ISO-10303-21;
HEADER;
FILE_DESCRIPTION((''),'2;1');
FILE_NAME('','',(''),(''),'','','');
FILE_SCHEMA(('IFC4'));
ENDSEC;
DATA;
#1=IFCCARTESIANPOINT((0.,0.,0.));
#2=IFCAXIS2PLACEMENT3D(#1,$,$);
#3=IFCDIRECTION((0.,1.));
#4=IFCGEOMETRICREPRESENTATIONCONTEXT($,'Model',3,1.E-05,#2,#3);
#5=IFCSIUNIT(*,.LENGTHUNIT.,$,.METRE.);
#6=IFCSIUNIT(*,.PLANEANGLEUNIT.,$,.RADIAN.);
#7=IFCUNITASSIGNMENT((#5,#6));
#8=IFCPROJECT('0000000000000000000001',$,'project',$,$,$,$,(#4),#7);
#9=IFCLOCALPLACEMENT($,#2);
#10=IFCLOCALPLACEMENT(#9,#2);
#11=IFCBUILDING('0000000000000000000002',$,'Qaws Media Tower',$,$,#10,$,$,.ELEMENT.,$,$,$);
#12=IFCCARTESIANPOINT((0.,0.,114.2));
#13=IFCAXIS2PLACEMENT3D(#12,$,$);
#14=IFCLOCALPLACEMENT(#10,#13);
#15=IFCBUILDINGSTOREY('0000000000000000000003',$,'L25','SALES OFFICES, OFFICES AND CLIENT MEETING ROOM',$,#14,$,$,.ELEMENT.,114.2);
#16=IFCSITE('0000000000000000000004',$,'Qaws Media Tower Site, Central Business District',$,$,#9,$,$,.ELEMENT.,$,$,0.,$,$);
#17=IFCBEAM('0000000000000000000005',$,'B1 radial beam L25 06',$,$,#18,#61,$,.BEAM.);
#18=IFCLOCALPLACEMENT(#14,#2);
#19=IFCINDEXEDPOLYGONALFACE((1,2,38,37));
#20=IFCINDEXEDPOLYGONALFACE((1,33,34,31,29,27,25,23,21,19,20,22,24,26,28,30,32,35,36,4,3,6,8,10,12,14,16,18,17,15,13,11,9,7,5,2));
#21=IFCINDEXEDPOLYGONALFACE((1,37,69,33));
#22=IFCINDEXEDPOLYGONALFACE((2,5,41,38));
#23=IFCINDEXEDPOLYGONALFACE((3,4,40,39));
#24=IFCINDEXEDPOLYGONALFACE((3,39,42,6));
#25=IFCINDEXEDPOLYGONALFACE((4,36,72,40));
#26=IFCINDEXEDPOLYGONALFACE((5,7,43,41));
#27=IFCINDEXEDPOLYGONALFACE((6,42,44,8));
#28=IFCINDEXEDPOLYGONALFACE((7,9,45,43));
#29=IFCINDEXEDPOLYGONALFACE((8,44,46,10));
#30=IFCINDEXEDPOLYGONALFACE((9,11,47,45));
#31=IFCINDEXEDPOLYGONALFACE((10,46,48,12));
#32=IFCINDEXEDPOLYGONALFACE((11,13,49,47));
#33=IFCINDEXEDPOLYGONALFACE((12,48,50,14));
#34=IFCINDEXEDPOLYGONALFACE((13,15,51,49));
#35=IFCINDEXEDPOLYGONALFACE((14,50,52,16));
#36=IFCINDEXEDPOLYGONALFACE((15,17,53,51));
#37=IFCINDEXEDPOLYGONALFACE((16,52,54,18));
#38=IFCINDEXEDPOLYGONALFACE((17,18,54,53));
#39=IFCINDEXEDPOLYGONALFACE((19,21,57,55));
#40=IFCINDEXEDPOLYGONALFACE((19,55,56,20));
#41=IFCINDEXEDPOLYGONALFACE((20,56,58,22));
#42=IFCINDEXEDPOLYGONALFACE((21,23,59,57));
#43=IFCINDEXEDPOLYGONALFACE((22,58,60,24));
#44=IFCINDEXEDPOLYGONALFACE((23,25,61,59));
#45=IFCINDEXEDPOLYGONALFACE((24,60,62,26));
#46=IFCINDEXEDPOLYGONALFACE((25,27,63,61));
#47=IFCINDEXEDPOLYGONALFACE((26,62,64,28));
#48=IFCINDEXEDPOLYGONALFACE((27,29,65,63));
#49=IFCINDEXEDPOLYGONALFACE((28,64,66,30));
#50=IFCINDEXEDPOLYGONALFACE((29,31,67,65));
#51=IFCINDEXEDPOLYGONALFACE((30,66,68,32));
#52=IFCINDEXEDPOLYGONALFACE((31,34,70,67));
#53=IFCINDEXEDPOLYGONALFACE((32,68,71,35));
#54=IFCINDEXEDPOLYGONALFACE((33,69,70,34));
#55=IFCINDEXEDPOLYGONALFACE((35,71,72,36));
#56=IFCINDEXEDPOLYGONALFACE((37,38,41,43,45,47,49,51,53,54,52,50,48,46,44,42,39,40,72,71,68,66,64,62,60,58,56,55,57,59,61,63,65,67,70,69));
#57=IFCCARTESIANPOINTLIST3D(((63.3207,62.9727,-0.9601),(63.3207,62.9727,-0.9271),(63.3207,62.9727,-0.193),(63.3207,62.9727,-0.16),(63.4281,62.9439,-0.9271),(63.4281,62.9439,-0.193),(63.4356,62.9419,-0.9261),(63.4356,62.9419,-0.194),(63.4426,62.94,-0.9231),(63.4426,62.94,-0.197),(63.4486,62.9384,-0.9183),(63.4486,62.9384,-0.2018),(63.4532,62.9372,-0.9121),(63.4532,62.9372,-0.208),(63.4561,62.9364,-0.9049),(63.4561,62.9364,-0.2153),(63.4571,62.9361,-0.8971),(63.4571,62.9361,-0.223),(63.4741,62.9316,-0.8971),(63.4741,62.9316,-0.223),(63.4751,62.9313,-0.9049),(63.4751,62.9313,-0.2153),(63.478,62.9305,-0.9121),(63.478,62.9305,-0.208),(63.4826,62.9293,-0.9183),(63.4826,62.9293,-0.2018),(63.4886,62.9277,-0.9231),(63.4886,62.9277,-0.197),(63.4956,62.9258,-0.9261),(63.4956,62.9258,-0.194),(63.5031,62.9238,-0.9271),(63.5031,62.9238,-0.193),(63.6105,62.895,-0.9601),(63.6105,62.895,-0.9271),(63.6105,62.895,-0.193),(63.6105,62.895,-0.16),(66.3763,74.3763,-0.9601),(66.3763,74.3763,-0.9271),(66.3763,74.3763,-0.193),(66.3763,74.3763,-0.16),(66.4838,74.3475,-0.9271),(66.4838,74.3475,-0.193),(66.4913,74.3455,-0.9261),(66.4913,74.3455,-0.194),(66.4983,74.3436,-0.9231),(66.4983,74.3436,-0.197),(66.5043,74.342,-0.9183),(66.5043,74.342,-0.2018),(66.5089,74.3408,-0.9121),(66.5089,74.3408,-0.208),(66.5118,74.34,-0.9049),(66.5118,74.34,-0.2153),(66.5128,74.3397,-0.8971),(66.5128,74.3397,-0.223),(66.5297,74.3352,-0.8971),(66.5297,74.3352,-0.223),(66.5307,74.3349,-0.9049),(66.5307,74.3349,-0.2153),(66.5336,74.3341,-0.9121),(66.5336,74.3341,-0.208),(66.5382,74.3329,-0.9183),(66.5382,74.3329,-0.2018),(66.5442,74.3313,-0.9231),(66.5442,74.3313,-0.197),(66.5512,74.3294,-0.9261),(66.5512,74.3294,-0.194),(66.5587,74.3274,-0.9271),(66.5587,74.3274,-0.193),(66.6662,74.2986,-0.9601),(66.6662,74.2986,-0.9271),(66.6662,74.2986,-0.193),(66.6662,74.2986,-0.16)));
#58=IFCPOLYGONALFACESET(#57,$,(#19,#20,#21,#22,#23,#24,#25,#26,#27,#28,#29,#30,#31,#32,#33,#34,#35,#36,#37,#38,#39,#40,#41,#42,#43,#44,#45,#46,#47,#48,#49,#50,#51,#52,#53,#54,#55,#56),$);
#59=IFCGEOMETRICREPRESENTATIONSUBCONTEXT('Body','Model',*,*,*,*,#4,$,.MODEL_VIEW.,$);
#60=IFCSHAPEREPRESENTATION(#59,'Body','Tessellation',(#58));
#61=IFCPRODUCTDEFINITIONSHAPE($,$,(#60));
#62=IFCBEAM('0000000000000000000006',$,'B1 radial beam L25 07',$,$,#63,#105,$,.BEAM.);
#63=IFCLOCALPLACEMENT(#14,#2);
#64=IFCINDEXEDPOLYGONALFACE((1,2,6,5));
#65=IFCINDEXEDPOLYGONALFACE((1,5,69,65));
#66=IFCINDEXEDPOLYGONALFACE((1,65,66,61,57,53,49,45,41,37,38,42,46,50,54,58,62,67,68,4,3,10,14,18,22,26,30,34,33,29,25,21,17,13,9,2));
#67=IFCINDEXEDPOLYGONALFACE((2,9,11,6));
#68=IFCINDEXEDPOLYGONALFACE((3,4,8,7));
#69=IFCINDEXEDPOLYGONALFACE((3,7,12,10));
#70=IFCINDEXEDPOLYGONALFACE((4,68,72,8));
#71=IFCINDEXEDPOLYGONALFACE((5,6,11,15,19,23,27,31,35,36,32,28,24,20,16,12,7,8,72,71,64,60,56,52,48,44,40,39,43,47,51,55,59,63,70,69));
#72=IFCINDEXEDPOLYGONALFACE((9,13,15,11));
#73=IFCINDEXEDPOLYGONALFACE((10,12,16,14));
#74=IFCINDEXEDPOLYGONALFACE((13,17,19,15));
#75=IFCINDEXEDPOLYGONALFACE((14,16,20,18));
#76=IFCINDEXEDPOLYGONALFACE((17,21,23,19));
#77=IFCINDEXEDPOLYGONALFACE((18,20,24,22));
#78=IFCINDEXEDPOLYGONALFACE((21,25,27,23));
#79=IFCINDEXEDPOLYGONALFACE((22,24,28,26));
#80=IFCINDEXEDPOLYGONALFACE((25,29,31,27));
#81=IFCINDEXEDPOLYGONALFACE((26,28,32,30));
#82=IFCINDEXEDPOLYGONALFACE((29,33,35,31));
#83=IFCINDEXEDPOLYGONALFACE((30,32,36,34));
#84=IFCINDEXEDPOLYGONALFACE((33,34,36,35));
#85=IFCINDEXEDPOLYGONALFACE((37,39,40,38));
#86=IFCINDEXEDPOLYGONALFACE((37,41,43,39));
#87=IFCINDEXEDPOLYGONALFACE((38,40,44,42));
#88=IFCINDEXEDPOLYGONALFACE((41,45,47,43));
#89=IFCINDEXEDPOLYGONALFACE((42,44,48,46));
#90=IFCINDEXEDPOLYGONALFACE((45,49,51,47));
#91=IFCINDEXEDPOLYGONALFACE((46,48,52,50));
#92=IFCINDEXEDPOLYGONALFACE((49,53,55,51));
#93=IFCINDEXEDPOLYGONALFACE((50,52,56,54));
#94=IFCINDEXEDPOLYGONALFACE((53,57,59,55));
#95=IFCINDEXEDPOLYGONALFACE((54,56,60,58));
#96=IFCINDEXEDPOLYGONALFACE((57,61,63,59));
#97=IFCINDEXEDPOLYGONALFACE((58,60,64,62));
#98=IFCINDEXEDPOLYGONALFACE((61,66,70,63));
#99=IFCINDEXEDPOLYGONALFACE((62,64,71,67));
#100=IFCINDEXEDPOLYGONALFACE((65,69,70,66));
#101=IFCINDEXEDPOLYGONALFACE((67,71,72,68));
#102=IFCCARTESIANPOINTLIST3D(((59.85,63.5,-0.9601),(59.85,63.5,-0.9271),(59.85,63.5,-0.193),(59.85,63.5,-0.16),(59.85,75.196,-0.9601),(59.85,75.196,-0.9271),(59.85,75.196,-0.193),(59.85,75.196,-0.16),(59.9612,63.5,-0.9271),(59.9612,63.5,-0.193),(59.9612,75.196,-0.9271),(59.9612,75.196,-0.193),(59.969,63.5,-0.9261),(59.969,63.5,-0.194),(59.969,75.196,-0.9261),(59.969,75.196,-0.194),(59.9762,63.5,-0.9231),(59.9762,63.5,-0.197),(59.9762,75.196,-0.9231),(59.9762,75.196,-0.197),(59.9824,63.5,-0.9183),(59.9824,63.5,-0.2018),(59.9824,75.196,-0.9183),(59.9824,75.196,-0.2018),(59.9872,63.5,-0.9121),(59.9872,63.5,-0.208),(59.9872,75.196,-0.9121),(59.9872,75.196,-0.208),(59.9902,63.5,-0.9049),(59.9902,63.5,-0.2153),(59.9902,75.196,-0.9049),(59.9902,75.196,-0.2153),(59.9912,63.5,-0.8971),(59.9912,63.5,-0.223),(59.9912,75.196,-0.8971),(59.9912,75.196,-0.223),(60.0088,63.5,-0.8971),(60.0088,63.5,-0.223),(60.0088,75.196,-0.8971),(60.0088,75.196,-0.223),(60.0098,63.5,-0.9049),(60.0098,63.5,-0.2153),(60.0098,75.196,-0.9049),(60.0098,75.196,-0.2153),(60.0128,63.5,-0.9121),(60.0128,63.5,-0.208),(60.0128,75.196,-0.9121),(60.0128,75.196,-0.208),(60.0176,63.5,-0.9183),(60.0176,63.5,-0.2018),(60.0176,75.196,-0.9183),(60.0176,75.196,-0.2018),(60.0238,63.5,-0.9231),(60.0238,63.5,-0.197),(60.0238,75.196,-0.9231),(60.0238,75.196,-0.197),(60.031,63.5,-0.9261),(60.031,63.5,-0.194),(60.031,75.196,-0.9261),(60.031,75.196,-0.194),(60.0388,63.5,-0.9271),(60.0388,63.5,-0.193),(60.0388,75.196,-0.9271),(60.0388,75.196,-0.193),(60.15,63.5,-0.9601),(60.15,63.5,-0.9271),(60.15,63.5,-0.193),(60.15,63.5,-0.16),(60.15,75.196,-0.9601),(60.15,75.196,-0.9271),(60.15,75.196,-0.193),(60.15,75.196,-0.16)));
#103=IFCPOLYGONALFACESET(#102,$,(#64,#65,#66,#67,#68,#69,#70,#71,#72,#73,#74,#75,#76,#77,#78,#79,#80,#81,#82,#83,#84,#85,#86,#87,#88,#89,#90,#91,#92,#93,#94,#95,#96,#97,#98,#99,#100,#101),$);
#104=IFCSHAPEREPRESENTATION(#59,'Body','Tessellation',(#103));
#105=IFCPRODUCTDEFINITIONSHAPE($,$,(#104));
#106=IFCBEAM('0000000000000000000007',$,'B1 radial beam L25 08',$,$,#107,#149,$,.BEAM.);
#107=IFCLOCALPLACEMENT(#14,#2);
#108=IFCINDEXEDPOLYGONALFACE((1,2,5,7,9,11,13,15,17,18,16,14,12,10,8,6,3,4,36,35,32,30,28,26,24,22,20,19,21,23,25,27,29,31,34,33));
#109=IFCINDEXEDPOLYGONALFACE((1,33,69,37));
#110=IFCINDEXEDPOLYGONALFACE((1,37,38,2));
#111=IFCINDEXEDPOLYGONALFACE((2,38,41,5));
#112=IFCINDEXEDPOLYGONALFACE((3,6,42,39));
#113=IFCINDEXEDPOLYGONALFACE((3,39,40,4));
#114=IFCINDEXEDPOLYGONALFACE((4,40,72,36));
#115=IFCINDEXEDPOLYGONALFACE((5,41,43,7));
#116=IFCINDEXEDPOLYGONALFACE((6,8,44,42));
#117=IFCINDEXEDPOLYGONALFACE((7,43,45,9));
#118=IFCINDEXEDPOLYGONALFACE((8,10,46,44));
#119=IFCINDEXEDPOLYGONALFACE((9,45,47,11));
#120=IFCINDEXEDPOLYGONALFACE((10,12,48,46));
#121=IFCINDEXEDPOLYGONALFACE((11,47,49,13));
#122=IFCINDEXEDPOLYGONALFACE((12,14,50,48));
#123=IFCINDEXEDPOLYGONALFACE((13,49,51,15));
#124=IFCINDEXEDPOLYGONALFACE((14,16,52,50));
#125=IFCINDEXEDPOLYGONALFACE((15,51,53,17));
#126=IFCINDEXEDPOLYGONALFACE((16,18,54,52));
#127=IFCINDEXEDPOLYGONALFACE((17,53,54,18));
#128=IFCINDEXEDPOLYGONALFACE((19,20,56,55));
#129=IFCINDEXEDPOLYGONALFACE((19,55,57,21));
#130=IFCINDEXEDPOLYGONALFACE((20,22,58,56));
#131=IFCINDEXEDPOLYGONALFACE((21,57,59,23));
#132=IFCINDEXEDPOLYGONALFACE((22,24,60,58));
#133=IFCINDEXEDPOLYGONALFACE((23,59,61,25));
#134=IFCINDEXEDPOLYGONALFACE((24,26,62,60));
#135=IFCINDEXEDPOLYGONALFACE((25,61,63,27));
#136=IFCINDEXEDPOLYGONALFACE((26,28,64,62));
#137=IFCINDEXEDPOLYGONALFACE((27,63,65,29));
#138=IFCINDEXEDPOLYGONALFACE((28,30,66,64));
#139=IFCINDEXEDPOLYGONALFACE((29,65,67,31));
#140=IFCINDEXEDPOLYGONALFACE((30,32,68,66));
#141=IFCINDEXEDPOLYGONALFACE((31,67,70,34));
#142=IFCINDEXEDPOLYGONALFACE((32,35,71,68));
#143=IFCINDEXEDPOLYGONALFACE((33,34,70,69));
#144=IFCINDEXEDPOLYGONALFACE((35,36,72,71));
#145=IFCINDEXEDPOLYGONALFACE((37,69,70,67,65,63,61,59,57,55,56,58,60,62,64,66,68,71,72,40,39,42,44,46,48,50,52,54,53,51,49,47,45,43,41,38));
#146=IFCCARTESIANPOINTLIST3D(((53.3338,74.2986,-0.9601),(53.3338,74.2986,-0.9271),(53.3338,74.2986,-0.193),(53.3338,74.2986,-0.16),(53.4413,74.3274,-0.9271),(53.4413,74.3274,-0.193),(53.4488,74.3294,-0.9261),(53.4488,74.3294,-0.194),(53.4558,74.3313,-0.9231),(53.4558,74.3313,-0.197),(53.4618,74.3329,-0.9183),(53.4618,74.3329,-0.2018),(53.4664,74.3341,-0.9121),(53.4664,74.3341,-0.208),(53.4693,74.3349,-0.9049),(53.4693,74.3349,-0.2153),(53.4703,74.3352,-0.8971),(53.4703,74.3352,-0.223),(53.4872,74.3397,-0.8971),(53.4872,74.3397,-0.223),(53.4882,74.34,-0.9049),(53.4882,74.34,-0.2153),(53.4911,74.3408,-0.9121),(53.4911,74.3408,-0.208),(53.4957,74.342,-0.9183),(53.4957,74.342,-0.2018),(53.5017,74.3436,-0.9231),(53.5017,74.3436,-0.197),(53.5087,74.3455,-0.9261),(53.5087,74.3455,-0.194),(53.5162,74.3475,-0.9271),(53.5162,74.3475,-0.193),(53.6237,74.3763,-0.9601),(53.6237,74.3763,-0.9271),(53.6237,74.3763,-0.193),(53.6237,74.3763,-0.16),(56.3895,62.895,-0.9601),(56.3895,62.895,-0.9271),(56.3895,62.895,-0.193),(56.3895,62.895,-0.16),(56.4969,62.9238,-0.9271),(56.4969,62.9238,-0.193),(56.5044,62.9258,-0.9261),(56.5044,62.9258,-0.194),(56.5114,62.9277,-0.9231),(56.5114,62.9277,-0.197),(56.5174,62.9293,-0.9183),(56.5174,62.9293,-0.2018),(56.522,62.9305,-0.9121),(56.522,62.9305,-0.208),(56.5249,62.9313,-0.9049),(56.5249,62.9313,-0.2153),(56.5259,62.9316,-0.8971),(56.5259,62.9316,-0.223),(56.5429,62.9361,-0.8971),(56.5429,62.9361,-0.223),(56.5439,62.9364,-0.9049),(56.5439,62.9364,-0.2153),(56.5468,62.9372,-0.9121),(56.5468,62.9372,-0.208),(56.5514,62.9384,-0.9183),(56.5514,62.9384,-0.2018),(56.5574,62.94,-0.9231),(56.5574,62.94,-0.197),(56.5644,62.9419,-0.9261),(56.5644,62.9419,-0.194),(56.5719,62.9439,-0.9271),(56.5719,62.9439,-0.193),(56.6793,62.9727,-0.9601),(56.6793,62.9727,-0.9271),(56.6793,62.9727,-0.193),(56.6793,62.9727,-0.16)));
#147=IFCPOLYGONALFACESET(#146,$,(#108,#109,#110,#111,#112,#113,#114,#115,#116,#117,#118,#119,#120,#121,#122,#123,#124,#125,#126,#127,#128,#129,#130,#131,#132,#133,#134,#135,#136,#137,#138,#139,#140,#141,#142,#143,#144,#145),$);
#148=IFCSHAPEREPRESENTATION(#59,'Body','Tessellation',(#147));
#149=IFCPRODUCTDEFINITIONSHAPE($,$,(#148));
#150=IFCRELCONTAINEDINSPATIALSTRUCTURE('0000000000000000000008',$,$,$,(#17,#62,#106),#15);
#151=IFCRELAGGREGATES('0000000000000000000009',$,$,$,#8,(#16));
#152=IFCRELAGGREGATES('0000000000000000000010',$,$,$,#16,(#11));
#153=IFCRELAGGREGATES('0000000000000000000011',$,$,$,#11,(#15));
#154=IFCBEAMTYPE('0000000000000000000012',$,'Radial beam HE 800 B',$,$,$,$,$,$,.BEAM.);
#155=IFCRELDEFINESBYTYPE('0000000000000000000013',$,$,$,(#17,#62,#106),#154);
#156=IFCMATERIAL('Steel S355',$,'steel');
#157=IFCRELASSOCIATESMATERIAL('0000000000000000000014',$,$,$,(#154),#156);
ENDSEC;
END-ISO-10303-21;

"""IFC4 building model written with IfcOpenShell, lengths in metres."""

from ifc_helpers import new_model, si_unit, direction, frame, origin, origin_2d, place, context, subcontext, project, spatial, i_section, extrude, material, material_profile, profile_set, type_object, element, save


model = new_model("IFC4")

# Units and contexts
model_context = context("Model", 3, precision=1e-05, world=origin(), true_north=direction((0.0, 1.0)))
body_context = subcontext(model_context, "Body", "Model", "MODEL_VIEW")
ifc_project = project(units=[si_unit("LENGTHUNIT", "METRE"), si_unit("PLANEANGLEUNIT", "RADIAN")], contexts=[model_context])

# Site, building, storey
site_placement = place(None, origin())
site = spatial("IfcSite", under=ifc_project, at=site_placement, Name="Qaws Media Tower Site, Central Business District", CompositionType="ELEMENT", RefElevation=0.0)
building_placement = place(site_placement, origin())
building = spatial("IfcBuilding", under=site, at=building_placement, Name="Qaws Media Tower", CompositionType="ELEMENT")
storey_placement = place(building_placement, frame((0.0, 0.0, 114.2)))
storey = spatial("IfcBuildingStorey", under=building, at=storey_placement, Name="L25", Description="SALES OFFICES, OFFICES AND CLIENT MEETING ROOM", CompositionType="ELEMENT", Elevation=114.2)

# Beams
ifc_material_1 = material(Name="Steel S355", Category="steel")
ifc_material_profile_1 = material_profile(ifc_material_1, i_section(OverallWidth=0.3, OverallDepth=0.8, WebThickness=0.0176, FlangeThickness=0.033, FilletRadius=0.03, at=origin_2d()), Name="HE 800 B")
ifc_profile_set_1 = profile_set([ifc_material_profile_1], Name="Steel S355")
beam_type_1 = type_object("IfcBeamType", Name="Radial beam HE 800 B", PredefinedType="BEAM", material=ifc_profile_set_1)
beam_1_placement = place(storey_placement, frame((63.4656, 62.9338, -0.5601), z_axis=(0.258826, 0.965924, 0.0), x_axis=(-0.965924, 0.258826, 0.0)))
element("IfcBeam", 1, at=beam_1_placement, inside=storey, type_object=beam_type_1, Name="B1 radial beam L25 06", PredefinedType="BEAM", context=body_context, shape_type="SweptSolid", body=[
    extrude(i_section(OverallWidth=0.3, OverallDepth=0.8, WebThickness=0.0176, FlangeThickness=0.033, FilletRadius=0.03, at=origin_2d()), origin(), (0.0, 0.0, 1.0), 11.8059),
])
beam_2_placement = place(storey_placement, frame((60.0, 63.5, -0.5601), z_axis=(0.0, 1.0, 0.0), x_axis=(-1.0, 0.0, 0.0)))
element("IfcBeam", 2, at=beam_2_placement, inside=storey, type_object=beam_type_1, Name="B1 radial beam L25 07", PredefinedType="BEAM", context=body_context, shape_type="SweptSolid", body=[
    extrude(i_section(OverallWidth=0.3, OverallDepth=0.8, WebThickness=0.0176, FlangeThickness=0.033, FilletRadius=0.03, at=origin_2d()), origin(), (0.0, 0.0, 1.0), 11.696),
])
beam_3_placement = place(storey_placement, frame((56.5344, 62.9338, -0.5601), z_axis=(-0.258826, 0.965924, 0.0), x_axis=(-0.965924, -0.258826, 0.0)))
element("IfcBeam", 3, at=beam_3_placement, inside=storey, type_object=beam_type_1, Name="B1 radial beam L25 08", PredefinedType="BEAM", context=body_context, shape_type="SweptSolid", body=[
    extrude(i_section(OverallWidth=0.3, OverallDepth=0.8, WebThickness=0.0176, FlangeThickness=0.033, FilletRadius=0.03, at=origin_2d()), origin(), (0.0, 0.0, 1.0), 11.8059),
])

save(model, "model.ifc")
